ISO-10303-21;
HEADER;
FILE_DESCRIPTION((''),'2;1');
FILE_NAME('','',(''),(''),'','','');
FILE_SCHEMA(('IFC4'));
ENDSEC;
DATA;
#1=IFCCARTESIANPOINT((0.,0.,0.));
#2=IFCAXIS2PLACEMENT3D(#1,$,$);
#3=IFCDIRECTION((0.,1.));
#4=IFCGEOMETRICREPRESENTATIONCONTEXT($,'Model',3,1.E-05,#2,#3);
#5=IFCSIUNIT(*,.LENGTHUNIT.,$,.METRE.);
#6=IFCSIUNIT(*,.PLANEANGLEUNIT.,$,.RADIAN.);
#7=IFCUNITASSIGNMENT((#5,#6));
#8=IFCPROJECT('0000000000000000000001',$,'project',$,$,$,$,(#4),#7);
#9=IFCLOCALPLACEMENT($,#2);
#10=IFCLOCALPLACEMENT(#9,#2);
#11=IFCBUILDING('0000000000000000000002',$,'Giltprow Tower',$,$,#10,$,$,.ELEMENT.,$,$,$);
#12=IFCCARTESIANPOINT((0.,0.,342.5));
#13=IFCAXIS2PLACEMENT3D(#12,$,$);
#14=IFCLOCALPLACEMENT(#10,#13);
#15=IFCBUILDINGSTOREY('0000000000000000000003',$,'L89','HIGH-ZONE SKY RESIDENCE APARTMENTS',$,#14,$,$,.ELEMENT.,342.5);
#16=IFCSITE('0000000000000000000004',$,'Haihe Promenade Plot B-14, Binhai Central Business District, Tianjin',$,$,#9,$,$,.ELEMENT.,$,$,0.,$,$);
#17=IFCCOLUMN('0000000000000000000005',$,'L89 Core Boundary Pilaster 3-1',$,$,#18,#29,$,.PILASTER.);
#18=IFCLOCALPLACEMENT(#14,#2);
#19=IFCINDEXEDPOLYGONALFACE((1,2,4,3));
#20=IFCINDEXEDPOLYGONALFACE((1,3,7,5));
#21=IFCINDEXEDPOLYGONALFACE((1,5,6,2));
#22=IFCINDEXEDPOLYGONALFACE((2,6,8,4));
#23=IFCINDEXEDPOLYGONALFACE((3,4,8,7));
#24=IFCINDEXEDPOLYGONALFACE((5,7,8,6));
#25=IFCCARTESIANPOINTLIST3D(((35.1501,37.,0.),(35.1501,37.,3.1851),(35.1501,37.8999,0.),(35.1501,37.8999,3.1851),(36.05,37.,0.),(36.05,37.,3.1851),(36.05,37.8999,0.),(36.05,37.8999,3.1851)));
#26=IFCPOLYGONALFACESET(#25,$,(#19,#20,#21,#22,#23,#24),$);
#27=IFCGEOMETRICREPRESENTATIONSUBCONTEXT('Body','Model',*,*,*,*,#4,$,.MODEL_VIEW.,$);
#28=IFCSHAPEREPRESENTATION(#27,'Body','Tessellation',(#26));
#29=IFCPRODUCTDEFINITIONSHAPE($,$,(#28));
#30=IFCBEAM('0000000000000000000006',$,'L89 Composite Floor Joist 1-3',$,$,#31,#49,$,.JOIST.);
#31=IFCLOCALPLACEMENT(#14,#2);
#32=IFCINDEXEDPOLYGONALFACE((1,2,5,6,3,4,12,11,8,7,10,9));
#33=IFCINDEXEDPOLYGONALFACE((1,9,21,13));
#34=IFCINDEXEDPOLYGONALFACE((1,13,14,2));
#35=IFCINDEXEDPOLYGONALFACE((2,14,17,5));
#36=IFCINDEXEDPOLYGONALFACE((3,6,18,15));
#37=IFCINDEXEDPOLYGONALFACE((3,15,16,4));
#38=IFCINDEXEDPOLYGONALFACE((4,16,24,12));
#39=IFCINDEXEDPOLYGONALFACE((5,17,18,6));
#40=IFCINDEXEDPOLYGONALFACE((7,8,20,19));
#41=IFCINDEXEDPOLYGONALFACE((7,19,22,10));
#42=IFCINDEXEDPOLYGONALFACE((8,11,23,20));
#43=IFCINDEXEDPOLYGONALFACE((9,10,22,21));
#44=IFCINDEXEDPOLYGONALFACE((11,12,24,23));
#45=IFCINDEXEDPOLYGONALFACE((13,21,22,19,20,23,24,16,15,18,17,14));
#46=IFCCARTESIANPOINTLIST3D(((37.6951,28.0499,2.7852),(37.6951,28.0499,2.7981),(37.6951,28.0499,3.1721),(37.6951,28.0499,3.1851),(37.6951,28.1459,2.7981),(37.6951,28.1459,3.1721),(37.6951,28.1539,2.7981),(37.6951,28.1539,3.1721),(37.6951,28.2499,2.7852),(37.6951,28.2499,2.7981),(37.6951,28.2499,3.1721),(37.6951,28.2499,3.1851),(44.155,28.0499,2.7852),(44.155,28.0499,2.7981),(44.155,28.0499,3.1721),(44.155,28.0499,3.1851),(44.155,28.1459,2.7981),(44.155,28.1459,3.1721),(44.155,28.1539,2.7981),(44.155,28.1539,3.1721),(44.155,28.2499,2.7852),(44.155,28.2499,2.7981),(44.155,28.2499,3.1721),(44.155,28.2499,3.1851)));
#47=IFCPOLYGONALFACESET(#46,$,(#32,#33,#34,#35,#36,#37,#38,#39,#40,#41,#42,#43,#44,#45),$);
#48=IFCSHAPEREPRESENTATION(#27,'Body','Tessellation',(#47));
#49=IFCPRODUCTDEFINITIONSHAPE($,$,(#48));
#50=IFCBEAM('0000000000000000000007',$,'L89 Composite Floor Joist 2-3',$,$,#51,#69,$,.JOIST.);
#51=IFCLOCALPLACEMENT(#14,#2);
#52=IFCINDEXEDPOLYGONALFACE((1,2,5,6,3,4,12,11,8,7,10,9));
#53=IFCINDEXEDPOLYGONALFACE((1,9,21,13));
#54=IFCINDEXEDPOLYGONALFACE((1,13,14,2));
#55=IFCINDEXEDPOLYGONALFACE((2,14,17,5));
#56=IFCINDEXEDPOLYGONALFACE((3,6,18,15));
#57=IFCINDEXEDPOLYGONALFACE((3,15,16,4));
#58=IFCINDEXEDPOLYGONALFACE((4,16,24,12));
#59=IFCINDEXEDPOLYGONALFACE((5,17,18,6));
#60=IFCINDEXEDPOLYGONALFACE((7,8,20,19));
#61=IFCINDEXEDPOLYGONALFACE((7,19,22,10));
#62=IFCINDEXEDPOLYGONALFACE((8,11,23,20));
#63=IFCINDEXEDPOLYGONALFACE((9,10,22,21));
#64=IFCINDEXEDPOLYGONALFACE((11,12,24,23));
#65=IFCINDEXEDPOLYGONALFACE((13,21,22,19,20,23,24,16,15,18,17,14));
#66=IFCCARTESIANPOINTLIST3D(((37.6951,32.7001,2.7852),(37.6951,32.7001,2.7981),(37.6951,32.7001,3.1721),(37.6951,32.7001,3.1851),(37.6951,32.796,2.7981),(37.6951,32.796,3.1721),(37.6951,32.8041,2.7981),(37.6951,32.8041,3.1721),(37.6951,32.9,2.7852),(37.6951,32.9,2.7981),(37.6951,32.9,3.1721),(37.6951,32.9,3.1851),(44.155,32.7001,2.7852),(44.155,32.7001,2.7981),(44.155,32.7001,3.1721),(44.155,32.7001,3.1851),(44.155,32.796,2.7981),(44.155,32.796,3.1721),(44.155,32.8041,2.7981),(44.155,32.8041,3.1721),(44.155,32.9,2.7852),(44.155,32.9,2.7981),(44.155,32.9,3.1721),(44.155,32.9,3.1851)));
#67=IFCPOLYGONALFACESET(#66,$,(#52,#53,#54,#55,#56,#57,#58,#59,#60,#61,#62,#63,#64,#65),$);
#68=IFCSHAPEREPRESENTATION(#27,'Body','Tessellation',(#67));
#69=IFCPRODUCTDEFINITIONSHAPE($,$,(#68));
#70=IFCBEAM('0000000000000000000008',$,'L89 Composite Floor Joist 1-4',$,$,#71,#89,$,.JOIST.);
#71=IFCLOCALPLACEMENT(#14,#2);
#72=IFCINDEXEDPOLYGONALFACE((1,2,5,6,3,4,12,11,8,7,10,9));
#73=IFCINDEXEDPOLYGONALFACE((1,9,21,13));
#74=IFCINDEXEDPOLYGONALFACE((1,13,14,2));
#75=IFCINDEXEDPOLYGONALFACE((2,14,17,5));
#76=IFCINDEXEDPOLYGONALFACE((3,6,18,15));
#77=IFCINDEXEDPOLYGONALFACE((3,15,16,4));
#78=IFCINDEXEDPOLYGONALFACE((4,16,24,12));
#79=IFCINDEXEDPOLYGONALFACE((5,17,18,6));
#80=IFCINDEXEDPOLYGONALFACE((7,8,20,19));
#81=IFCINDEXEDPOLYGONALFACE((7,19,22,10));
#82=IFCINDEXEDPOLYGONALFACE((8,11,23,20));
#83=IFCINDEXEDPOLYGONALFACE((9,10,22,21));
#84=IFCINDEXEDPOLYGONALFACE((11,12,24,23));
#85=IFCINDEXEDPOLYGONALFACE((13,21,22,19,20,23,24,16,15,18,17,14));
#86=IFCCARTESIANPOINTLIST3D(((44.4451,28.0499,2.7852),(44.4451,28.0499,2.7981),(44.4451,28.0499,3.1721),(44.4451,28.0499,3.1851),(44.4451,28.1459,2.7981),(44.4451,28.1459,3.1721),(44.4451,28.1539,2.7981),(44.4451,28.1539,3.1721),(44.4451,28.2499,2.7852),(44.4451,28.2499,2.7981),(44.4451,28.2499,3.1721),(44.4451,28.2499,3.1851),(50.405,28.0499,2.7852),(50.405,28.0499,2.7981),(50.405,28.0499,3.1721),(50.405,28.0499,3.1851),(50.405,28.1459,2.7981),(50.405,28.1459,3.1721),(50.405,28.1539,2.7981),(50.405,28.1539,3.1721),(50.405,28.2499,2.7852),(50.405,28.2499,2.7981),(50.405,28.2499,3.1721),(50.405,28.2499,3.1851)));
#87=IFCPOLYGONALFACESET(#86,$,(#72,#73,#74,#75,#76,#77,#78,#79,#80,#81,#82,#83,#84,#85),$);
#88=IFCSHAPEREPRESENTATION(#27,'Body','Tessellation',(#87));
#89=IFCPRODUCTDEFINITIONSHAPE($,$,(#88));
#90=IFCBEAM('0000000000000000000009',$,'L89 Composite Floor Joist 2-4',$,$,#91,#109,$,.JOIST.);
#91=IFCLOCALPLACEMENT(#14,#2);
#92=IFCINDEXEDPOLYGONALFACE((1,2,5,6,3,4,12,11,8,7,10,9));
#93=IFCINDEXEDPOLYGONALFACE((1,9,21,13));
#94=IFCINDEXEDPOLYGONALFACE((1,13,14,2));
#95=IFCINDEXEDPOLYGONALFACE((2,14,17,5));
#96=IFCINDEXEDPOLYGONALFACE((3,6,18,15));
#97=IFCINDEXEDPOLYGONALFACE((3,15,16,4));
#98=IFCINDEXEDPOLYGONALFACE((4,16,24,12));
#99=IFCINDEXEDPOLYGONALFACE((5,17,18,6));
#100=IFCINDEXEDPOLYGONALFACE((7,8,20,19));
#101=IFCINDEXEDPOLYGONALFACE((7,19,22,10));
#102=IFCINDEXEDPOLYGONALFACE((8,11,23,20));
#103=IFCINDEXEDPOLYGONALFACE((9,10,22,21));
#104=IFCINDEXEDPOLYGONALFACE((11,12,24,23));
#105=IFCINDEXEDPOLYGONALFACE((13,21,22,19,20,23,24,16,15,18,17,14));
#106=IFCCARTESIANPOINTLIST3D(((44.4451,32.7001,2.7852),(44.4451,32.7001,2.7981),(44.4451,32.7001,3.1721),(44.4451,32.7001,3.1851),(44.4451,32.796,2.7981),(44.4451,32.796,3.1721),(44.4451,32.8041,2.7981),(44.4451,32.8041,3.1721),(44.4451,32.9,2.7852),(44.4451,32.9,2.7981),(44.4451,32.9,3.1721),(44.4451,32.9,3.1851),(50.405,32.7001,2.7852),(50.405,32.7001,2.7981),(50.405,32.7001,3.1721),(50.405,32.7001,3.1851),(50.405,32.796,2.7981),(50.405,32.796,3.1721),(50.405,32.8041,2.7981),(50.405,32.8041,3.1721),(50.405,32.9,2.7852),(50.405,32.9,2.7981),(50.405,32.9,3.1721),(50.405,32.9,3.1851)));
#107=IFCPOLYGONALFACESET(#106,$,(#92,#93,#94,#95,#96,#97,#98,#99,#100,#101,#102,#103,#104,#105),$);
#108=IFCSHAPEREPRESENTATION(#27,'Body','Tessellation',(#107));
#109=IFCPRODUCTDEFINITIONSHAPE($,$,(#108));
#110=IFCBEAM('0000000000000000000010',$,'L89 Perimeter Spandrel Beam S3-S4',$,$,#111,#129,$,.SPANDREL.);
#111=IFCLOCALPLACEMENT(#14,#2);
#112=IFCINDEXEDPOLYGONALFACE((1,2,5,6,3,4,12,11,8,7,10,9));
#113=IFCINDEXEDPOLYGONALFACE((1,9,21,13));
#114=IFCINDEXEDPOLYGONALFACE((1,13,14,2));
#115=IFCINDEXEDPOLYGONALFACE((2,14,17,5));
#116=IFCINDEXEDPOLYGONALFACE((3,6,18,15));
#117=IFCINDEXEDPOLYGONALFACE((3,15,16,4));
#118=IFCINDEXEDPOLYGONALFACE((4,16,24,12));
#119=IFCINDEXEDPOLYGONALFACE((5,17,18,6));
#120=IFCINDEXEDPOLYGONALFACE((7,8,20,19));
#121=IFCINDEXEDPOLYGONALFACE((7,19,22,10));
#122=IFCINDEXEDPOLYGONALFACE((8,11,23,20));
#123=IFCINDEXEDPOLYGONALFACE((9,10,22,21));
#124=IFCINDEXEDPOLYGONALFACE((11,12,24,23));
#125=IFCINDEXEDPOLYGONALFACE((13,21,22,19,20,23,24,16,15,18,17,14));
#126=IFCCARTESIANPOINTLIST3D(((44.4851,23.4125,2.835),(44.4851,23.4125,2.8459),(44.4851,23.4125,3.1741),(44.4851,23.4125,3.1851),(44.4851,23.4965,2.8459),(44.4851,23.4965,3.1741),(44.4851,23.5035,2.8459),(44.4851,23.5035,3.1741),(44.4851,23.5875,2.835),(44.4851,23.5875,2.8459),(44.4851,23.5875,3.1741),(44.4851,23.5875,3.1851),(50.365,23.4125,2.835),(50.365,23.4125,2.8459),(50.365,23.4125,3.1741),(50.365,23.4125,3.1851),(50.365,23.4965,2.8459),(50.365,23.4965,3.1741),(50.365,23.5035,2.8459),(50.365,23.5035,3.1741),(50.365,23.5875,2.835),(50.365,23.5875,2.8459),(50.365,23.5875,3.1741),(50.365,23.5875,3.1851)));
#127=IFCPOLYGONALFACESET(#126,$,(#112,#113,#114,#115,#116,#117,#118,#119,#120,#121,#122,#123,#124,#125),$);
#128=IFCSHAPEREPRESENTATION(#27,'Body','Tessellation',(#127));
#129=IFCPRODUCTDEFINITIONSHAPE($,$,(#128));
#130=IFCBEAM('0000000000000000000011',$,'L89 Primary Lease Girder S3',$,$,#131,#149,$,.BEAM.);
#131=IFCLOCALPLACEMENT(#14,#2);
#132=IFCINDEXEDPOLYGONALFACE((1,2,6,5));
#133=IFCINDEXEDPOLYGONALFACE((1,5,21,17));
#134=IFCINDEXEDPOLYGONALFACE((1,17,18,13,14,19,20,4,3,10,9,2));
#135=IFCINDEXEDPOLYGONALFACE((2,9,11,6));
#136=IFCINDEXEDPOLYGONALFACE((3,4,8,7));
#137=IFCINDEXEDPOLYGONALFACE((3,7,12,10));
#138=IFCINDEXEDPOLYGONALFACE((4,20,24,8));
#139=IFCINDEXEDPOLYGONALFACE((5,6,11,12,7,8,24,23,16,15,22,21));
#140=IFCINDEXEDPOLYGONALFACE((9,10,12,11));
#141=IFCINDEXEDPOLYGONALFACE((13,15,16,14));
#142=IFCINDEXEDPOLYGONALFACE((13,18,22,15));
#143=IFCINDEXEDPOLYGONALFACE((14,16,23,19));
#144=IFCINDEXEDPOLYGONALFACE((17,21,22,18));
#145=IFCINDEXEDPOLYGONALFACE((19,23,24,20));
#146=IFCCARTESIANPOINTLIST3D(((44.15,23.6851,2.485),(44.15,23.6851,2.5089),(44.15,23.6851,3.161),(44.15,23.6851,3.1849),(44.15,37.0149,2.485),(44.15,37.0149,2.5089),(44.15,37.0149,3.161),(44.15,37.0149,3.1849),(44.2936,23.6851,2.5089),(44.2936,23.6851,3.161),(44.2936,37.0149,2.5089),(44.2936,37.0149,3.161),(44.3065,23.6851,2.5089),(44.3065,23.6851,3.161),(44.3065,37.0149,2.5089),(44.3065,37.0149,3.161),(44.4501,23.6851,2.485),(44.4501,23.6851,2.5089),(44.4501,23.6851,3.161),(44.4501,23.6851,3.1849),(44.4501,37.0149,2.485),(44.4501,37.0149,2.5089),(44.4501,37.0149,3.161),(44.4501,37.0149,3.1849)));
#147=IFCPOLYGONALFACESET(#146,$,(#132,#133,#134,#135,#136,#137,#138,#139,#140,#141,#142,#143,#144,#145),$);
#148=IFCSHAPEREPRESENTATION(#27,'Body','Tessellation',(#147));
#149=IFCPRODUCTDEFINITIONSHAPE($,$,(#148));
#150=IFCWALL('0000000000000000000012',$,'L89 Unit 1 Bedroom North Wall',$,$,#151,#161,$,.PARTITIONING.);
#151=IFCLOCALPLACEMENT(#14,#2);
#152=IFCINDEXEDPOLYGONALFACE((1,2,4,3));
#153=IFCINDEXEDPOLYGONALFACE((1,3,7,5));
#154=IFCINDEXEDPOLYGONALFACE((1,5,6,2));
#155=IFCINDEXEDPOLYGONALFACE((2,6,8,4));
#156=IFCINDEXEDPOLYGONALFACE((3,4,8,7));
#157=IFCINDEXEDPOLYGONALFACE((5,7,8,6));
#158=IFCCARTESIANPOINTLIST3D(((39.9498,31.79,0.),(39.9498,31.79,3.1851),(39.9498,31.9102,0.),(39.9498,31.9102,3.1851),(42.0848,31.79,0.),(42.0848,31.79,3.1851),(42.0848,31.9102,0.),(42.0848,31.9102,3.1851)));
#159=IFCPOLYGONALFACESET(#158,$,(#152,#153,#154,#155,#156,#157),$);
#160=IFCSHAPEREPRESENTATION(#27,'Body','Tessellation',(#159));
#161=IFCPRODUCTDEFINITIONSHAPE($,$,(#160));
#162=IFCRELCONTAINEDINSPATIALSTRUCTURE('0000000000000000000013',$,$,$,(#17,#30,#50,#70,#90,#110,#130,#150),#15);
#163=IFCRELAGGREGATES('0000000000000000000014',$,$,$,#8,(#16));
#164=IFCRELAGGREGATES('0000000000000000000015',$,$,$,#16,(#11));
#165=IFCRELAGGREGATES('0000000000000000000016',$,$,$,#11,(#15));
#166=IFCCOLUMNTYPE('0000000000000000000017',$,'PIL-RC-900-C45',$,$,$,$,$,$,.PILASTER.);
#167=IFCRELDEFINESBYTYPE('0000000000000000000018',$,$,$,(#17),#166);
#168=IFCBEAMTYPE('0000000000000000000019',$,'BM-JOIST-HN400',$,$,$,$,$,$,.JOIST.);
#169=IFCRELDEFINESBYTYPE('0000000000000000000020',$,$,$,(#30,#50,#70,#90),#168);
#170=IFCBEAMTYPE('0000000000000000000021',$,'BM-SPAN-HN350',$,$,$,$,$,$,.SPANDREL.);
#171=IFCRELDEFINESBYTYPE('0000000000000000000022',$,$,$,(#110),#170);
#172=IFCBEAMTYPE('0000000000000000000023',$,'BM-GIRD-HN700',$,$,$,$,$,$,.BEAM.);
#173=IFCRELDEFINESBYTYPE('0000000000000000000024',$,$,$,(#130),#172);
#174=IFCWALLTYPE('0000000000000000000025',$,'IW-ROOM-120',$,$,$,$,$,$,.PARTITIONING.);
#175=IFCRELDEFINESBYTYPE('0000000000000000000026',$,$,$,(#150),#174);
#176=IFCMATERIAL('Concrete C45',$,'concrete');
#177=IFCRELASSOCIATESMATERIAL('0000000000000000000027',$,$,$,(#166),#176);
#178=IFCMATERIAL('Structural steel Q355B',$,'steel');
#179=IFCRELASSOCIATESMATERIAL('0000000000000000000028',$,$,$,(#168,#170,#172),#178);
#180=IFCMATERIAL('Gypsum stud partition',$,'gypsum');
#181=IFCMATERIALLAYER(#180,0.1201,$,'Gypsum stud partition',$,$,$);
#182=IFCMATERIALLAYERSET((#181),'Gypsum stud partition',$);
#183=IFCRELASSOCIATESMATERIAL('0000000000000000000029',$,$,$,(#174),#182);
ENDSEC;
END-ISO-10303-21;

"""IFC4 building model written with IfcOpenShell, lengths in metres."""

from ifc_helpers import new_model, si_unit, direction, frame, frame_2d, origin, origin_2d, place, context, subcontext, project, spatial, rectangle, i_section, extrude, source, transform, mapped, material, layer, layer_set, material_profile, profile_set, type_object, element, save


model = new_model("IFC4")

# Units and contexts
model_context = context("Model", 3, precision=1e-05, world=origin(), true_north=direction((0.0, 1.0)))
body_context = subcontext(model_context, "Body", "Model", "MODEL_VIEW")
ifc_project = project(units=[si_unit("LENGTHUNIT", "METRE"), si_unit("PLANEANGLEUNIT", "RADIAN")], contexts=[model_context])

# Site, building, storey
site_placement = place(None, origin())
site = spatial("IfcSite", under=ifc_project, at=site_placement, Name="Haihe Promenade Plot B-14, Binhai Central Business District, Tianjin", CompositionType="ELEMENT", RefElevation=0.0)
building_placement = place(site_placement, origin())
building = spatial("IfcBuilding", under=site, at=building_placement, Name="Giltprow Tower", CompositionType="ELEMENT")
storey_placement = place(building_placement, frame((0.0, 0.0, 342.5)))
storey = spatial("IfcBuildingStorey", under=building, at=storey_placement, Name="L89", Description="HIGH-ZONE SKY RESIDENCE APARTMENTS", CompositionType="ELEMENT", Elevation=342.5)

# Column
ifc_material_1 = material(Name="Concrete C45", Category="concrete")
ifc_material_profile_1 = material_profile(ifc_material_1, rectangle(XDim=0.8999, YDim=0.8999, at=origin_2d()), Name="RC 900x900")
ifc_profile_set_1 = profile_set([ifc_material_profile_1], Name="Concrete C45")
column_type = type_object("IfcColumnType", Name="PIL-RC-900-C45", PredefinedType="PILASTER", material=ifc_profile_set_1)
shared_shape_1 = source(origin(), body_context, "Body", "SweptSolid", [
    extrude(rectangle(XDim=0.8999, YDim=0.8999, at=origin_2d()), origin(), (0.0, 0.0, 1.0), 3.1851),
])
column_placement = place(storey_placement, frame((35.6001, 37.45, 0.0), z_axis=(0.0, 0.0, 1.0), x_axis=(1.0, 0.0, 0.0)))
element("IfcColumn", 1, at=column_placement, inside=storey, type_object=column_type, Name="L89 Core Boundary Pilaster 3-1", PredefinedType="PILASTER", context=body_context, shape_type="MappedRepresentation", body=[
    mapped(shared_shape_1, transform((0.0, 0.0, 0.0), x_axis=(1.0, 0.0, 0.0), y_axis=(0.0, 1.0, 0.0), z_axis=(0.0, 0.0, 1.0), scale=1.0)),
])

# Beams
ifc_material_2 = material(Name="Structural steel Q355B", Category="steel")
ifc_material_profile_2 = material_profile(ifc_material_2, i_section(OverallWidth=0.2, OverallDepth=0.3999, WebThickness=0.0081, FlangeThickness=0.0129, at=origin_2d()), Name="HN 400x200x8x13")
ifc_profile_set_2 = profile_set([ifc_material_profile_2], Name="Structural steel Q355B")
beam_type_1 = type_object("IfcBeamType", Name="BM-JOIST-HN400", PredefinedType="JOIST", material=ifc_profile_set_2)
shared_shape_2 = source(origin(), body_context, "Body", "SweptSolid", [
    extrude(i_section(OverallWidth=0.2, OverallDepth=0.3999, WebThickness=0.0081, FlangeThickness=0.0129, at=origin_2d()), origin(), (0.0, 0.0, 1.0), 6.46),
])
for number, where, z_axis, x_axis, name in (
    (2, (37.6951, 28.1499, 2.9851), (1.0, 0.0, 0.0), (0.0, 1.0, 0.0), "L89 Composite Floor Joist 1-3"),
    (3, (37.6951, 32.8, 2.9851), (1.0, 0.0, 0.0), (0.0, 1.0, 0.0), "L89 Composite Floor Joist 2-3"),
):
    element("IfcBeam", number, at=place(storey_placement, frame(where, z_axis=z_axis, x_axis=x_axis)), inside=storey, type_object=beam_type_1, Name=name, PredefinedType="JOIST", context=body_context, shape_type="MappedRepresentation", body=[
        mapped(shared_shape_2, transform((0.0, 0.0, 0.0), x_axis=(1.0, 0.0, 0.0), y_axis=(0.0, 1.0, 0.0), z_axis=(0.0, 0.0, 1.0), scale=1.0)),
    ])
shared_shape_3 = source(origin(), body_context, "Body", "SweptSolid", [
    extrude(i_section(OverallWidth=0.2, OverallDepth=0.3999, WebThickness=0.0081, FlangeThickness=0.0129, at=origin_2d()), origin(), (0.0, 0.0, 1.0), 5.96),
])
for number, where, z_axis, x_axis, name in (
    (4, (44.4451, 28.1499, 2.9851), (1.0, 0.0, 0.0), (0.0, 1.0, 0.0), "L89 Composite Floor Joist 1-4"),
    (5, (44.4451, 32.8, 2.9851), (1.0, 0.0, 0.0), (0.0, 1.0, 0.0), "L89 Composite Floor Joist 2-4"),
):
    element("IfcBeam", number, at=place(storey_placement, frame(where, z_axis=z_axis, x_axis=x_axis)), inside=storey, type_object=beam_type_1, Name=name, PredefinedType="JOIST", context=body_context, shape_type="MappedRepresentation", body=[
        mapped(shared_shape_3, transform((0.0, 0.0, 0.0), x_axis=(1.0, 0.0, 0.0), y_axis=(0.0, 1.0, 0.0), z_axis=(0.0, 0.0, 1.0), scale=1.0)),
    ])
ifc_material_profile_3 = material_profile(ifc_material_2, i_section(OverallWidth=0.175, OverallDepth=0.3501, WebThickness=0.0071, FlangeThickness=0.011, at=origin_2d()), Name="HN 350x175x7x11")
ifc_profile_set_3 = profile_set([ifc_material_profile_3], Name="Structural steel Q355B")
beam_type_2 = type_object("IfcBeamType", Name="BM-SPAN-HN350", PredefinedType="SPANDREL", material=ifc_profile_set_3)
shared_shape_4 = source(origin(), body_context, "Body", "SweptSolid", [
    extrude(i_section(OverallWidth=0.175, OverallDepth=0.3501, WebThickness=0.0071, FlangeThickness=0.011, at=origin_2d()), origin(), (0.0, 0.0, 1.0), 5.8799),
])
beam_1_placement = place(storey_placement, frame((44.4851, 23.5, 3.01), z_axis=(1.0, 0.0, 0.0), x_axis=(0.0, 1.0, 0.0)))
element("IfcBeam", 6, at=beam_1_placement, inside=storey, type_object=beam_type_2, Name="L89 Perimeter Spandrel Beam S3-S4", PredefinedType="SPANDREL", context=body_context, shape_type="MappedRepresentation", body=[
    mapped(shared_shape_4, transform((0.0, 0.0, 0.0), x_axis=(1.0, 0.0, 0.0), y_axis=(0.0, 1.0, 0.0), z_axis=(0.0, 0.0, 1.0), scale=1.0)),
])
ifc_material_profile_4 = material_profile(ifc_material_2, i_section(OverallWidth=0.3, OverallDepth=0.7, WebThickness=0.0129, FlangeThickness=0.0239, at=origin_2d()), Name="HN 700x300x13x24")
ifc_profile_set_4 = profile_set([ifc_material_profile_4], Name="Structural steel Q355B")
beam_type_3 = type_object("IfcBeamType", Name="BM-GIRD-HN700", PredefinedType="BEAM", material=ifc_profile_set_4)
shared_shape_5 = source(origin(), body_context, "Body", "SweptSolid", [
    extrude(i_section(OverallWidth=0.3, OverallDepth=0.7, WebThickness=0.0129, FlangeThickness=0.0239, at=origin_2d()), origin(), (0.0, 0.0, 1.0), 13.3298),
])
beam_2_placement = place(storey_placement, frame((44.3, 23.6851, 2.835), z_axis=(0.0, 1.0, 0.0), x_axis=(-1.0, 0.0, 0.0)))
element("IfcBeam", 7, at=beam_2_placement, inside=storey, type_object=beam_type_3, Name="L89 Primary Lease Girder S3", PredefinedType="BEAM", context=body_context, shape_type="MappedRepresentation", body=[
    mapped(shared_shape_5, transform((0.0, 0.0, 0.0), x_axis=(1.0, 0.0, 0.0), y_axis=(0.0, 1.0, 0.0), z_axis=(0.0, 0.0, 1.0), scale=1.0)),
])

# Wall
ifc_material_3 = material(Name="Gypsum stud partition", Category="gypsum")
ifc_layer_1 = layer(ifc_material_3, 0.1201, Name="Gypsum stud partition")
ifc_layer_set_1 = layer_set([ifc_layer_1], Name="Gypsum stud partition")
wall_type_1 = type_object("IfcWallType", Name="IW-ROOM-120", PredefinedType="PARTITIONING", material=ifc_layer_set_1)
wall_1_placement = place(storey_placement, frame((39.95, 31.8501, 0.0), z_axis=(0.0, 0.0, 1.0), x_axis=(1.0, 0.0, 0.0)))
element("IfcWall", 8, at=wall_1_placement, inside=storey, type_object=wall_type_1, Name="L89 Unit 1 Bedroom North Wall", PredefinedType="PARTITIONING", context=body_context, shape_type="SweptSolid", body=[
    extrude(rectangle(XDim=2.135, YDim=0.1201, at=frame_2d((1.0674, 0.0))), origin(), (0.0, 0.0, 1.0), 3.1851),
])

save(model, "model.ifc")
